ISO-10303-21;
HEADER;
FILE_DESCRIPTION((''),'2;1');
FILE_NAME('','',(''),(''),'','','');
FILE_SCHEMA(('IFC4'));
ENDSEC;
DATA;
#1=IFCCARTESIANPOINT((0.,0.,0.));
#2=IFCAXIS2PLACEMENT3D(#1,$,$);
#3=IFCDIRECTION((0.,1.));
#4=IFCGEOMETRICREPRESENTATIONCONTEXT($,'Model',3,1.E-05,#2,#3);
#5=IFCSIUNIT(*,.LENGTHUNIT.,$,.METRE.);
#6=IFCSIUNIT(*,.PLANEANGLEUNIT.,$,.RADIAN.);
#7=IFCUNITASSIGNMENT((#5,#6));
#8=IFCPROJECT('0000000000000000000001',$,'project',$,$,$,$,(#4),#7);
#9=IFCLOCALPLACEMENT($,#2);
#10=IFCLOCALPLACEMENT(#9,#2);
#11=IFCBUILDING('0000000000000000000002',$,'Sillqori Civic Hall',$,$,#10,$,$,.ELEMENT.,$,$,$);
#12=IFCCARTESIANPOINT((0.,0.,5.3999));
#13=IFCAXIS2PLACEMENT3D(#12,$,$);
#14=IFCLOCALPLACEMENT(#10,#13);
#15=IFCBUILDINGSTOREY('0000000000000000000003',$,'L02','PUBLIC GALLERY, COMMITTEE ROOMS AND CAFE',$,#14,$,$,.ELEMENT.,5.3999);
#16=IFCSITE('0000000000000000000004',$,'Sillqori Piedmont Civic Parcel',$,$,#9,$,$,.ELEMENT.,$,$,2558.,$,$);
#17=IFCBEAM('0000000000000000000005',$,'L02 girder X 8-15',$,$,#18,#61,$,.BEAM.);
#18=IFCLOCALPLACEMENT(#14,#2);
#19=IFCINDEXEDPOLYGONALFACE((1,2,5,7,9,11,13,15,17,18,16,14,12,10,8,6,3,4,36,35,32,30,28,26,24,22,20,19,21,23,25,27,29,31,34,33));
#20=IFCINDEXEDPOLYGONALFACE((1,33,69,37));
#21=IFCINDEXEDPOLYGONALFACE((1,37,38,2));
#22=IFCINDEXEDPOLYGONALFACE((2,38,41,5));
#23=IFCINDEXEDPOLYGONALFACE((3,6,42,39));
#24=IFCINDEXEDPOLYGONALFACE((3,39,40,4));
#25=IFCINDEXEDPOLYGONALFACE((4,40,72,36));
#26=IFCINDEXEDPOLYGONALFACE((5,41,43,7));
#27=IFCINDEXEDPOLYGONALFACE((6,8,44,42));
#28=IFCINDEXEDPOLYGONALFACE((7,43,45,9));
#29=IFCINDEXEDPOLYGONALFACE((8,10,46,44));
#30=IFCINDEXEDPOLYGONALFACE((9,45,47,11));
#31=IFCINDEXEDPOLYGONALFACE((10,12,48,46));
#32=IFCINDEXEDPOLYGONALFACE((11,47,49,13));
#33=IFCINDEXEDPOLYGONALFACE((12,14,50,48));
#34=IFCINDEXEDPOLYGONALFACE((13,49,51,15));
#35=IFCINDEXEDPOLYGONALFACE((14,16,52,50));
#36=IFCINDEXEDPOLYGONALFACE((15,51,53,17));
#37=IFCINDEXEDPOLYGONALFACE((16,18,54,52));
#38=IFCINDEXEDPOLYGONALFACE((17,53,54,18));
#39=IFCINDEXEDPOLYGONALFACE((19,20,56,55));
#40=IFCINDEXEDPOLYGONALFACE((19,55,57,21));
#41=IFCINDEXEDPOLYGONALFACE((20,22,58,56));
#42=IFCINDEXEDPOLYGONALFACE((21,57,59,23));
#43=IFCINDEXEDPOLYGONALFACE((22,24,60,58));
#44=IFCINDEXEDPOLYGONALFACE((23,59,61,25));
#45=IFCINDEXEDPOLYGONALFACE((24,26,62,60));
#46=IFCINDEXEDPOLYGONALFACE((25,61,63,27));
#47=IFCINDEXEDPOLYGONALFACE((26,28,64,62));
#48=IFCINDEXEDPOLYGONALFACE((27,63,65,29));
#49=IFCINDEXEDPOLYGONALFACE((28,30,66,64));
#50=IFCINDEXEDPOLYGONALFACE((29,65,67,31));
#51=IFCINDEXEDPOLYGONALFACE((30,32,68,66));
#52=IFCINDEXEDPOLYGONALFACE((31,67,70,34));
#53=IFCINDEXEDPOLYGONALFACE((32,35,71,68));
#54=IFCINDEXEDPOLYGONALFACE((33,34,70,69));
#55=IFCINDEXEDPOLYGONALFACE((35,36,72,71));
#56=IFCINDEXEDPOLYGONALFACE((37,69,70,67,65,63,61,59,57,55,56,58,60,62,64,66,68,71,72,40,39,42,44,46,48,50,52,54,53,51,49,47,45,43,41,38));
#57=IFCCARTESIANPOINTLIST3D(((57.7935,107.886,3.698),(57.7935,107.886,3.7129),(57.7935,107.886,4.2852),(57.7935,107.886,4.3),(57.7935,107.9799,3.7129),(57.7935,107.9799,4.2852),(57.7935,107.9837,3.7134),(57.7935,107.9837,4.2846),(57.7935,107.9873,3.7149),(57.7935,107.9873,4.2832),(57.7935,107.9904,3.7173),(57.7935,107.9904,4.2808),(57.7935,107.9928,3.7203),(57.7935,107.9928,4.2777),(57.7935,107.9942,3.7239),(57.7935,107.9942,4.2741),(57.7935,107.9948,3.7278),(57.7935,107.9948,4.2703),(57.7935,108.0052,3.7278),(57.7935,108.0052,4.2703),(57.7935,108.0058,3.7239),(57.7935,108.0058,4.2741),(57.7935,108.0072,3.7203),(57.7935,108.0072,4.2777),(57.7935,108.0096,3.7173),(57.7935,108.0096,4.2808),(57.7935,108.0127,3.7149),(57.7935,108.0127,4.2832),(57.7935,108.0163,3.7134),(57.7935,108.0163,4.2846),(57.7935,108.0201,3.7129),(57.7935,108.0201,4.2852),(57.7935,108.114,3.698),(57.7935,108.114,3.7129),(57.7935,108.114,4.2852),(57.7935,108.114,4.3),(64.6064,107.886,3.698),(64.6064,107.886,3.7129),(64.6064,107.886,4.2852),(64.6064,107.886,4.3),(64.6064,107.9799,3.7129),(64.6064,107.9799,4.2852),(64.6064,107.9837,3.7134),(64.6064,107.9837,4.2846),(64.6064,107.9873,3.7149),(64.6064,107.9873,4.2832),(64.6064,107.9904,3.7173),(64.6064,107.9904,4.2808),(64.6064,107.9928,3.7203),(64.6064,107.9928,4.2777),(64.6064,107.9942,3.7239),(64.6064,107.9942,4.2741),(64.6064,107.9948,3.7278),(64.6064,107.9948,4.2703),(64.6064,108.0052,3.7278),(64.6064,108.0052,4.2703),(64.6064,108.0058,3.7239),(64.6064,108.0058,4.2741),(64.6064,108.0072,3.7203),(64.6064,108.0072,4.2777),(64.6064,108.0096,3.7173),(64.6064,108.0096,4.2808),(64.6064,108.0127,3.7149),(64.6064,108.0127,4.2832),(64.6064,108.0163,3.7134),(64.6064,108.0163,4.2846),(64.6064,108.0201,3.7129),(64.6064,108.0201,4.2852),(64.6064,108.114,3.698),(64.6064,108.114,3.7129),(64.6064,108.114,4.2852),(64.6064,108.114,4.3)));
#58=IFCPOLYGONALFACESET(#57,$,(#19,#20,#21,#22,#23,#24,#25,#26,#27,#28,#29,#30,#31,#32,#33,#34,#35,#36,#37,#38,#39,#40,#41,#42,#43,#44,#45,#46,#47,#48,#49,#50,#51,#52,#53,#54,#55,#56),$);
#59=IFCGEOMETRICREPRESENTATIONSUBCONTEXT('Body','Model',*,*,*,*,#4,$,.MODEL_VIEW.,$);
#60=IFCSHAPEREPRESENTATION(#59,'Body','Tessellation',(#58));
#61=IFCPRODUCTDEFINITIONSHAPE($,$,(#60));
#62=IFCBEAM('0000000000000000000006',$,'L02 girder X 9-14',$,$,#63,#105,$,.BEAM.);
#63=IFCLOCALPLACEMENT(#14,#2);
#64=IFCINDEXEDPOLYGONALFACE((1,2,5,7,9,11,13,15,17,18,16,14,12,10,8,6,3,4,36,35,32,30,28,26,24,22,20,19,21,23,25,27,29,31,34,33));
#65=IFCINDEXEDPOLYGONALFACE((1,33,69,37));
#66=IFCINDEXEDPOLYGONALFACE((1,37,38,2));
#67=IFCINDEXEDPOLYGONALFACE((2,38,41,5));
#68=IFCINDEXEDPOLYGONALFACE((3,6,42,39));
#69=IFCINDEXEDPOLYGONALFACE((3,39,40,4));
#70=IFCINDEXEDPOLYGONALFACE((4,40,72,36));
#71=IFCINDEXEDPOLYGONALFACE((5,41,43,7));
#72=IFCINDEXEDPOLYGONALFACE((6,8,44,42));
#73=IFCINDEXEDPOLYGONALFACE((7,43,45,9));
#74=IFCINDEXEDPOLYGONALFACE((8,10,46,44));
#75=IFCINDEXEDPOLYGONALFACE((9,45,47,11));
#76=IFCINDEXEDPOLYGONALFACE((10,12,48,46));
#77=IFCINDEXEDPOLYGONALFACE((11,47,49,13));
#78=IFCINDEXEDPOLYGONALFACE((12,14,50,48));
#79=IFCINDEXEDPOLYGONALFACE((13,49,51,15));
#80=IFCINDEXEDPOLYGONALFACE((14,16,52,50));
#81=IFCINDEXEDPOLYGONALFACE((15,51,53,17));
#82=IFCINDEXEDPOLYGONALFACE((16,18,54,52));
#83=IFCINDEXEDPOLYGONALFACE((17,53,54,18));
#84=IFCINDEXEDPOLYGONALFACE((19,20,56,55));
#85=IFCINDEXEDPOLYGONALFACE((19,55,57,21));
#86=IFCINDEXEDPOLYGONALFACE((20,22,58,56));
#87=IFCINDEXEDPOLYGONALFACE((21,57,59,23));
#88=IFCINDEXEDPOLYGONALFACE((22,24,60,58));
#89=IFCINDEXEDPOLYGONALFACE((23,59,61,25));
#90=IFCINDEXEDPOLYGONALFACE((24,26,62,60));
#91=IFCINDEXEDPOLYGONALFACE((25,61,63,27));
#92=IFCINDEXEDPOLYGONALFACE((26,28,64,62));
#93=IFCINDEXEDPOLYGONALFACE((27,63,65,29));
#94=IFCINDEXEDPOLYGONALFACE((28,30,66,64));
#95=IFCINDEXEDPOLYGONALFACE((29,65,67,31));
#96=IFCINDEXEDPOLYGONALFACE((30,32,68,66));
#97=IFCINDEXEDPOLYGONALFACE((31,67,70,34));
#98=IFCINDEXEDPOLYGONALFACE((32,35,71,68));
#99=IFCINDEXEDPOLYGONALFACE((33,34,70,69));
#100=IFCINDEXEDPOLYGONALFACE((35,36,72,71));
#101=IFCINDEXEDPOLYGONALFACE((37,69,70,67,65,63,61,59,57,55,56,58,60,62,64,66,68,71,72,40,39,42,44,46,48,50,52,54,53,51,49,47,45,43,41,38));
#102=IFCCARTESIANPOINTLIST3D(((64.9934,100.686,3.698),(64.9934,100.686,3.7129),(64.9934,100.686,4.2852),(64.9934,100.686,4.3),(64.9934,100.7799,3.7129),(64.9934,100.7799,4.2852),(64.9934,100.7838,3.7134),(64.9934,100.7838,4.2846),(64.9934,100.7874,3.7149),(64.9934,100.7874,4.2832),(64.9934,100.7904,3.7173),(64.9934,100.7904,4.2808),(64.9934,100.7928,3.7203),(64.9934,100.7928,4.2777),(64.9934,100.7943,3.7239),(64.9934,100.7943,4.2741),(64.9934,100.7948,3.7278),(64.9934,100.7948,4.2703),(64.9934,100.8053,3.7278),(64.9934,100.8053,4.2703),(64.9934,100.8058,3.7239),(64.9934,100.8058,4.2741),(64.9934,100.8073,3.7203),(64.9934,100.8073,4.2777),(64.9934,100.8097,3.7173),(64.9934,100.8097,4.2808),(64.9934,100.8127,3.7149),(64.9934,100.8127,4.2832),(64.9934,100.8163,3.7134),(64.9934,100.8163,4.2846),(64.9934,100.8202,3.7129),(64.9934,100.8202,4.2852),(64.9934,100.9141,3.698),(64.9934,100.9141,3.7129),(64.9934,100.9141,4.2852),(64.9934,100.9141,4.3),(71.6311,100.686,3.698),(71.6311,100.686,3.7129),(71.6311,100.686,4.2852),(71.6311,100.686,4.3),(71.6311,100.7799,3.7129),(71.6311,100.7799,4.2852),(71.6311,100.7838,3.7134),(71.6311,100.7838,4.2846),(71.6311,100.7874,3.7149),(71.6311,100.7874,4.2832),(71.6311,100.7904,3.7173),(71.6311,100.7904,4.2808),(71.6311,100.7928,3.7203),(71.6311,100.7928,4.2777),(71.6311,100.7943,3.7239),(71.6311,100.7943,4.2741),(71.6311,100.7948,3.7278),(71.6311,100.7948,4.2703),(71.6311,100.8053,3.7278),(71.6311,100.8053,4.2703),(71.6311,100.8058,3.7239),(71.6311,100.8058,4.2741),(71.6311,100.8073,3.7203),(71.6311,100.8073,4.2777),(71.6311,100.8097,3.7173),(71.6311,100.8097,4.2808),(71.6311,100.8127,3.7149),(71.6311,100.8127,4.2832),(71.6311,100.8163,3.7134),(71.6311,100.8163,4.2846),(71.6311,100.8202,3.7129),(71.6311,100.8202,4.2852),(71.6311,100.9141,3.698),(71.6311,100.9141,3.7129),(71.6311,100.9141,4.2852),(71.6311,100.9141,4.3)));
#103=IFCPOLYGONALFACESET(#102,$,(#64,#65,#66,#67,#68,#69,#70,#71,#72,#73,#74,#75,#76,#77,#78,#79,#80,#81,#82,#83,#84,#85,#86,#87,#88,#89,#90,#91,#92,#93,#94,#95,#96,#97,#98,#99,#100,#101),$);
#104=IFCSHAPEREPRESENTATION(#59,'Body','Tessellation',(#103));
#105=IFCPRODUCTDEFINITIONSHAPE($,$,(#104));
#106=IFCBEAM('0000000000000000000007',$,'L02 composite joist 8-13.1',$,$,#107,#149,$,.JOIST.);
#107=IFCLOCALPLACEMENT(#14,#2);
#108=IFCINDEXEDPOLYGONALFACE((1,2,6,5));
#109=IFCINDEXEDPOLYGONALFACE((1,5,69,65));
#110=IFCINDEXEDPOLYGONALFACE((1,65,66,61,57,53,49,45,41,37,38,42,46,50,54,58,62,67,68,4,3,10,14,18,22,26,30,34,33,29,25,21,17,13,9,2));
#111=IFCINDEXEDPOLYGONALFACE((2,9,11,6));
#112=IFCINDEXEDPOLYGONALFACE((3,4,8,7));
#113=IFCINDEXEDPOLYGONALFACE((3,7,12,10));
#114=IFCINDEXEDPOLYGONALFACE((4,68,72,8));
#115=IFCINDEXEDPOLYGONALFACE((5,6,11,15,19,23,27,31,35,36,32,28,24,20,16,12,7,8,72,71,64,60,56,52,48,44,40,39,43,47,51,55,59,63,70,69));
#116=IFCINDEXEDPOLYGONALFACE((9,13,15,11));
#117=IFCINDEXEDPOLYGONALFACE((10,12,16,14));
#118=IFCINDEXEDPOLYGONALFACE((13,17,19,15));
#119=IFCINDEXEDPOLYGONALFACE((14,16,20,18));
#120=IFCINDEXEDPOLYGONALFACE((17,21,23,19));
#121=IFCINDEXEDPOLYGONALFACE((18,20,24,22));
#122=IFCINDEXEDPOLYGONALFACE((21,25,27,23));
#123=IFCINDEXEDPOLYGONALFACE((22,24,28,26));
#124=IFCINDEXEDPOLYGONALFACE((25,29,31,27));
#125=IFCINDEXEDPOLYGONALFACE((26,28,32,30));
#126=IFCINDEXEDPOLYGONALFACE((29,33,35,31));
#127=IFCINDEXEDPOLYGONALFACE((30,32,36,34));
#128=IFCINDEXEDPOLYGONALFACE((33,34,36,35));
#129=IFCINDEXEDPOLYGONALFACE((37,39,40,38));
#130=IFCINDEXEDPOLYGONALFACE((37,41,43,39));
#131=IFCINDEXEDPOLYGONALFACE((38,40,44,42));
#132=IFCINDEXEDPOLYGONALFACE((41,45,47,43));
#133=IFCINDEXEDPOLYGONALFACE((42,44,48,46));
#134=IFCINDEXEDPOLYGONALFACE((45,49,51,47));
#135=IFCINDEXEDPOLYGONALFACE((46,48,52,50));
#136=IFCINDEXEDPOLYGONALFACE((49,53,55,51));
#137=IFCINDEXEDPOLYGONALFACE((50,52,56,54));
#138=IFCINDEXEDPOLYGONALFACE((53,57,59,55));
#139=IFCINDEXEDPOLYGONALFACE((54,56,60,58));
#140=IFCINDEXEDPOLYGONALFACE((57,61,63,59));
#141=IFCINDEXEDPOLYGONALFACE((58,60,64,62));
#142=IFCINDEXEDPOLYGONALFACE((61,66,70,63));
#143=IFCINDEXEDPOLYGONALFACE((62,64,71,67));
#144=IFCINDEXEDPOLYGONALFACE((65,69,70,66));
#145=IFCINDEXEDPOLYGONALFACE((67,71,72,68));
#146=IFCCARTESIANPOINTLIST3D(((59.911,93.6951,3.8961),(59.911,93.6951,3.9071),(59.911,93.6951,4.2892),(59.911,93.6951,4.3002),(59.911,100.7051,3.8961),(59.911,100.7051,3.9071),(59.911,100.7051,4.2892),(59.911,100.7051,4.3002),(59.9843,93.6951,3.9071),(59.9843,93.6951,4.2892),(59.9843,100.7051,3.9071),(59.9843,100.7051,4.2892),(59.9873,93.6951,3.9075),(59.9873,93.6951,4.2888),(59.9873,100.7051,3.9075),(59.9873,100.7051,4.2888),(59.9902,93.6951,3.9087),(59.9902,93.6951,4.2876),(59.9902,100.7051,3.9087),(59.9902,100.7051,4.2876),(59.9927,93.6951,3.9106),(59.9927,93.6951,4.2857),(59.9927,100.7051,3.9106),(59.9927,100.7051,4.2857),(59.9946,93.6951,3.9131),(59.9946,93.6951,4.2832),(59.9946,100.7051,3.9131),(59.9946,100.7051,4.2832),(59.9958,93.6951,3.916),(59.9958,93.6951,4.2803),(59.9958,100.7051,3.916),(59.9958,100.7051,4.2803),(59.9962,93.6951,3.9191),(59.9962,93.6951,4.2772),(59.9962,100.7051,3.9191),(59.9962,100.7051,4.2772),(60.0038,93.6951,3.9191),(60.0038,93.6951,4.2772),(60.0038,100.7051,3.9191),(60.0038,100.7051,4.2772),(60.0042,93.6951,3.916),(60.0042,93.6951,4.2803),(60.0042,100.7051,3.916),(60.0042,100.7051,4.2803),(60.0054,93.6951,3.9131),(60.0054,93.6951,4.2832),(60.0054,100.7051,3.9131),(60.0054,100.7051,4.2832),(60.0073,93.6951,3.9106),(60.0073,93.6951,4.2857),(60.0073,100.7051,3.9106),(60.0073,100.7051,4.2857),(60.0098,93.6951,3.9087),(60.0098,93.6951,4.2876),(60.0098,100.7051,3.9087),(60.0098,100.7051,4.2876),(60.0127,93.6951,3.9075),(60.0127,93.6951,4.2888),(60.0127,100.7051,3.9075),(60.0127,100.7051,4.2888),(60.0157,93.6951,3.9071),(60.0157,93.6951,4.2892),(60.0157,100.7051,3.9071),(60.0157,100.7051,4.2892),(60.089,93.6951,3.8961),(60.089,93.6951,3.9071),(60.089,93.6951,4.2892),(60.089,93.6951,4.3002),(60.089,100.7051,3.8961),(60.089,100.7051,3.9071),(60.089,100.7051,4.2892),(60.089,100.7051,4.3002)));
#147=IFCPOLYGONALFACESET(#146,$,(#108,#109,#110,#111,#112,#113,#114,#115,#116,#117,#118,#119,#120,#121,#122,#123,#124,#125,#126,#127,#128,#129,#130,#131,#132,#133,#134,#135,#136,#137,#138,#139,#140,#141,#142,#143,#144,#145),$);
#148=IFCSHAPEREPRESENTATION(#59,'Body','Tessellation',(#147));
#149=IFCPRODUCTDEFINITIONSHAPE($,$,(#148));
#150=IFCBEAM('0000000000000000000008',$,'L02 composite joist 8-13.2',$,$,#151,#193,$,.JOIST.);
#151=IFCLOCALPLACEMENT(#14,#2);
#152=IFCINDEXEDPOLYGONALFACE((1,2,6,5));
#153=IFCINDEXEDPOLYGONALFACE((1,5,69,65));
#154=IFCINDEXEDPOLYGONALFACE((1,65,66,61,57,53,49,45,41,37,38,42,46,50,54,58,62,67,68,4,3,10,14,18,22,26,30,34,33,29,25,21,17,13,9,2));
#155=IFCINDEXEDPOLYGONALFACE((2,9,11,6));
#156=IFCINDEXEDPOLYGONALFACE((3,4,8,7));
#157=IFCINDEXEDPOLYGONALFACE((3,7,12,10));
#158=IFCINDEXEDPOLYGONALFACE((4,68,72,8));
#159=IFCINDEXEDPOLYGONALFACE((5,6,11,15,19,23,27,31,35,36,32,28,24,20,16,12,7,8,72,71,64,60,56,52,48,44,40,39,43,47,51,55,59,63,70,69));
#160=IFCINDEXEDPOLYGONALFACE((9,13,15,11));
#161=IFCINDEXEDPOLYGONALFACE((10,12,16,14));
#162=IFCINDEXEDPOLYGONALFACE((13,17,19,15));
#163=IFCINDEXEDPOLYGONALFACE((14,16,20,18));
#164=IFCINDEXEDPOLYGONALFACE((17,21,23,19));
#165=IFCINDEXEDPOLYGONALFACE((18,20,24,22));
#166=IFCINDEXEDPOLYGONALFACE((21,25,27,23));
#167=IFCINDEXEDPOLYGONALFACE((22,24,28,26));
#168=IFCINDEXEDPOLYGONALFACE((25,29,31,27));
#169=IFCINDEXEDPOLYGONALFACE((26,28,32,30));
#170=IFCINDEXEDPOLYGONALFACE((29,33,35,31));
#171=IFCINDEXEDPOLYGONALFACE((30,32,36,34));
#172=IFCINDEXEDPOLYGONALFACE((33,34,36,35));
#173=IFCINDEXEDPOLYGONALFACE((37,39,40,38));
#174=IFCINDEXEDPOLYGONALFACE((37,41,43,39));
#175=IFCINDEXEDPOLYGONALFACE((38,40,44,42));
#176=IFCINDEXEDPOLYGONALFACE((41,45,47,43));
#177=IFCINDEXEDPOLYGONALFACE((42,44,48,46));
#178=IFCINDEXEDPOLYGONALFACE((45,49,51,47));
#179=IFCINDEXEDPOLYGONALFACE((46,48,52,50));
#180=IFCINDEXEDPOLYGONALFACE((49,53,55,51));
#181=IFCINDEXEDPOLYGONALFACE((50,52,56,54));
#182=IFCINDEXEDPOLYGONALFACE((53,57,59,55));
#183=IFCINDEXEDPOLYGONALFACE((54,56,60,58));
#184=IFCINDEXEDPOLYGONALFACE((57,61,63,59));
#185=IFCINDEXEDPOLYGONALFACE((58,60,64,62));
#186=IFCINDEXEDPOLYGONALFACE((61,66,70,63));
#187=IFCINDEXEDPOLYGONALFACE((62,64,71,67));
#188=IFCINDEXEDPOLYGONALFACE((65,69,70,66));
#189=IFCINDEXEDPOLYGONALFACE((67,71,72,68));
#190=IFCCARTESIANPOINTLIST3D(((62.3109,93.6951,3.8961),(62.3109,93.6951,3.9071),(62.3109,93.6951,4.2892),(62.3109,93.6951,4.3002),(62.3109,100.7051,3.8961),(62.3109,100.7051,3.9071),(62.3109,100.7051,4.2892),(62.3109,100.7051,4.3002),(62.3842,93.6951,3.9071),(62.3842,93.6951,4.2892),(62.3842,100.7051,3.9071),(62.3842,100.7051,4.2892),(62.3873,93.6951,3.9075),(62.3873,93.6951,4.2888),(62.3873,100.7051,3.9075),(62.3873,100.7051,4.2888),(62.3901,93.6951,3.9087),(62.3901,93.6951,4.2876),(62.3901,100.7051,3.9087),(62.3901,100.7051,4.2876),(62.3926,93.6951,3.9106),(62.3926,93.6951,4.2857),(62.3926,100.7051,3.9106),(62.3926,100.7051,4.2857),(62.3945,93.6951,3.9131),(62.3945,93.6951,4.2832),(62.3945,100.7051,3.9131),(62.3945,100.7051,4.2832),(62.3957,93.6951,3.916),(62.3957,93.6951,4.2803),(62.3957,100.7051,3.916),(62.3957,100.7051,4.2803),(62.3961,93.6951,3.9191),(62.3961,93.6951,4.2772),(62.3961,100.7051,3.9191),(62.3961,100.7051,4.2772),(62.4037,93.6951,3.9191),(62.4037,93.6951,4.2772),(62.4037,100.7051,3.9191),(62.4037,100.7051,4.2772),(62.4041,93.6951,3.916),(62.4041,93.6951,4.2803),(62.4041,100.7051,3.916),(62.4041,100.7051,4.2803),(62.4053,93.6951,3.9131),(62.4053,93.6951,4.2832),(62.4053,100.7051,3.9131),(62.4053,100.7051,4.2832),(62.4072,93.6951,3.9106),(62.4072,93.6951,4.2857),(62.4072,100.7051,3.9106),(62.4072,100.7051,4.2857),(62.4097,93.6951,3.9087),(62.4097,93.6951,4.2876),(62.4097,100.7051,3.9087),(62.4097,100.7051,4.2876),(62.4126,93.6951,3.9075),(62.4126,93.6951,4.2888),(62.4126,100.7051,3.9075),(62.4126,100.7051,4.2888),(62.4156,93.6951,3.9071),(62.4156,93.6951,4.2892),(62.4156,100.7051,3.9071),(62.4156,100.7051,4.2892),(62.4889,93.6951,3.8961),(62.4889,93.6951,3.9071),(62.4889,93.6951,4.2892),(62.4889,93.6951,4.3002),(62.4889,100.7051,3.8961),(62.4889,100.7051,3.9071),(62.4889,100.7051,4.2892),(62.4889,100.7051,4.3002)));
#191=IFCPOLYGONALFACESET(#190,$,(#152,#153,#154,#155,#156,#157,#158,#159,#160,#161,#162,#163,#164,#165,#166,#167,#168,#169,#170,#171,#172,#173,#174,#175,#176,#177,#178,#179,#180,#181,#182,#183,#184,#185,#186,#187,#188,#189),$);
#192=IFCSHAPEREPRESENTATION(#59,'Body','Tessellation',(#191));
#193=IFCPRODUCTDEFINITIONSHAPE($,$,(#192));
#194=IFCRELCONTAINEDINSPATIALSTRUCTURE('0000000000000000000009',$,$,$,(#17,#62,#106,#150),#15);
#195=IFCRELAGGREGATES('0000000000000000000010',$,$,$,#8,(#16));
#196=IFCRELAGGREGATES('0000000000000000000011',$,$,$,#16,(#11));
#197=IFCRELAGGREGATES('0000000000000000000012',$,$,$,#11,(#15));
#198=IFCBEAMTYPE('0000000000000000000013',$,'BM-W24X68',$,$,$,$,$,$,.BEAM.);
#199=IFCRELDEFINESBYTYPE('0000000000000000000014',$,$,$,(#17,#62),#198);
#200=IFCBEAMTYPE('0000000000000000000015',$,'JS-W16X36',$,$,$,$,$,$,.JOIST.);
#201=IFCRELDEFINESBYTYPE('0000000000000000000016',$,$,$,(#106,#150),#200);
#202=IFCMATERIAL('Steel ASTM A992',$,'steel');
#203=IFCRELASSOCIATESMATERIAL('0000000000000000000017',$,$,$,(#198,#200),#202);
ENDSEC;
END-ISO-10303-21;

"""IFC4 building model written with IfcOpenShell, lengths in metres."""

from ifc_helpers import new_model, si_unit, direction, frame, origin, origin_2d, place, context, subcontext, project, spatial, i_section, extrude, material, material_profile, profile_set, type_object, element, save


model = new_model("IFC4")

# Units and contexts
model_context = context("Model", 3, precision=1e-05, world=origin(), true_north=direction((0.0, 1.0)))
body_context = subcontext(model_context, "Body", "Model", "MODEL_VIEW")
ifc_project = project(units=[si_unit("LENGTHUNIT", "METRE"), si_unit("PLANEANGLEUNIT", "RADIAN")], contexts=[model_context])

# Site, building, storey
site_placement = place(None, origin())
site = spatial("IfcSite", under=ifc_project, at=site_placement, Name="Sillqori Piedmont Civic Parcel", CompositionType="ELEMENT", RefElevation=2558.0)
building_placement = place(site_placement, origin())
building = spatial("IfcBuilding", under=site, at=building_placement, Name="Sillqori Civic Hall", CompositionType="ELEMENT")
storey_placement = place(building_placement, frame((0.0, 0.0, 5.3999)))
storey = spatial("IfcBuildingStorey", under=building, at=storey_placement, Name="L02", Description="PUBLIC GALLERY, COMMITTEE ROOMS AND CAFE", CompositionType="ELEMENT", Elevation=5.3999)

# Shared definitions
ifc_material_1 = material(Name="Steel ASTM A992", Category="steel")

# Beams
ifc_material_profile_1 = material_profile(ifc_material_1, i_section(OverallWidth=0.228, OverallDepth=0.6021, WebThickness=0.0105, FlangeThickness=0.0149, FilletRadius=0.0149, at=origin_2d()), Name="W24X68")
ifc_profile_set_1 = profile_set([ifc_material_profile_1], Name="Steel ASTM A992")
beam_type_1 = type_object("IfcBeamType", Name="BM-W24X68", PredefinedType="BEAM", material=ifc_profile_set_1)
for number, where, z_axis, x_axis, name in (
    (1, (57.7935, 108.0, 3.999), (1.0, 0.0, 0.0), (0.0, 1.0, 0.0), "L02 girder X 8-15"),
):
    element("IfcBeam", number, at=place(storey_placement, frame(where, z_axis=z_axis, x_axis=x_axis)), inside=storey, type_object=beam_type_1, Name=name, PredefinedType="BEAM", context=body_context, shape_type="SweptSolid", body=[
        extrude(i_section(OverallWidth=0.228, OverallDepth=0.6021, WebThickness=0.0105, FlangeThickness=0.0149, FilletRadius=0.0149, at=origin_2d()), origin(), (0.0, 0.0, 1.0), 6.813),
    ])
beam_1_placement = place(storey_placement, frame((64.9934, 100.8, 3.999), z_axis=(1.0, 0.0, 0.0), x_axis=(0.0, 1.0, 0.0)))
element("IfcBeam", 2, at=beam_1_placement, inside=storey, type_object=beam_type_1, Name="L02 girder X 9-14", PredefinedType="BEAM", context=body_context, shape_type="SweptSolid", body=[
    extrude(i_section(OverallWidth=0.228, OverallDepth=0.6021, WebThickness=0.0105, FlangeThickness=0.0149, FilletRadius=0.0149, at=origin_2d()), origin(), (0.0, 0.0, 1.0), 6.6377),
])
ifc_material_profile_2 = material_profile(ifc_material_1, i_section(OverallWidth=0.178, OverallDepth=0.4041, WebThickness=0.0076, FlangeThickness=0.011, FilletRadius=0.012, at=origin_2d()), Name="W16X36")
ifc_profile_set_2 = profile_set([ifc_material_profile_2], Name="Steel ASTM A992")
beam_type_2 = type_object("IfcBeamType", Name="JS-W16X36", PredefinedType="JOIST", material=ifc_profile_set_2)
for number, where, z_axis, x_axis, name in (
    (3, (60.0, 93.6951, 4.0981), (0.0, 1.0, 0.0), (-1.0, 0.0, 0.0), "L02 composite joist 8-13.1"),
    (4, (62.3999, 93.6951, 4.0981), (0.0, 1.0, 0.0), (-1.0, 0.0, 0.0), "L02 composite joist 8-13.2"),
):
    element("IfcBeam", number, at=place(storey_placement, frame(where, z_axis=z_axis, x_axis=x_axis)), inside=storey, type_object=beam_type_2, Name=name, PredefinedType="JOIST", context=body_context, shape_type="SweptSolid", body=[
        extrude(i_section(OverallWidth=0.178, OverallDepth=0.4041, WebThickness=0.0076, FlangeThickness=0.011, FilletRadius=0.012, at=origin_2d()), origin(), (0.0, 0.0, 1.0), 7.01),
    ])

save(model, "model.ifc")
